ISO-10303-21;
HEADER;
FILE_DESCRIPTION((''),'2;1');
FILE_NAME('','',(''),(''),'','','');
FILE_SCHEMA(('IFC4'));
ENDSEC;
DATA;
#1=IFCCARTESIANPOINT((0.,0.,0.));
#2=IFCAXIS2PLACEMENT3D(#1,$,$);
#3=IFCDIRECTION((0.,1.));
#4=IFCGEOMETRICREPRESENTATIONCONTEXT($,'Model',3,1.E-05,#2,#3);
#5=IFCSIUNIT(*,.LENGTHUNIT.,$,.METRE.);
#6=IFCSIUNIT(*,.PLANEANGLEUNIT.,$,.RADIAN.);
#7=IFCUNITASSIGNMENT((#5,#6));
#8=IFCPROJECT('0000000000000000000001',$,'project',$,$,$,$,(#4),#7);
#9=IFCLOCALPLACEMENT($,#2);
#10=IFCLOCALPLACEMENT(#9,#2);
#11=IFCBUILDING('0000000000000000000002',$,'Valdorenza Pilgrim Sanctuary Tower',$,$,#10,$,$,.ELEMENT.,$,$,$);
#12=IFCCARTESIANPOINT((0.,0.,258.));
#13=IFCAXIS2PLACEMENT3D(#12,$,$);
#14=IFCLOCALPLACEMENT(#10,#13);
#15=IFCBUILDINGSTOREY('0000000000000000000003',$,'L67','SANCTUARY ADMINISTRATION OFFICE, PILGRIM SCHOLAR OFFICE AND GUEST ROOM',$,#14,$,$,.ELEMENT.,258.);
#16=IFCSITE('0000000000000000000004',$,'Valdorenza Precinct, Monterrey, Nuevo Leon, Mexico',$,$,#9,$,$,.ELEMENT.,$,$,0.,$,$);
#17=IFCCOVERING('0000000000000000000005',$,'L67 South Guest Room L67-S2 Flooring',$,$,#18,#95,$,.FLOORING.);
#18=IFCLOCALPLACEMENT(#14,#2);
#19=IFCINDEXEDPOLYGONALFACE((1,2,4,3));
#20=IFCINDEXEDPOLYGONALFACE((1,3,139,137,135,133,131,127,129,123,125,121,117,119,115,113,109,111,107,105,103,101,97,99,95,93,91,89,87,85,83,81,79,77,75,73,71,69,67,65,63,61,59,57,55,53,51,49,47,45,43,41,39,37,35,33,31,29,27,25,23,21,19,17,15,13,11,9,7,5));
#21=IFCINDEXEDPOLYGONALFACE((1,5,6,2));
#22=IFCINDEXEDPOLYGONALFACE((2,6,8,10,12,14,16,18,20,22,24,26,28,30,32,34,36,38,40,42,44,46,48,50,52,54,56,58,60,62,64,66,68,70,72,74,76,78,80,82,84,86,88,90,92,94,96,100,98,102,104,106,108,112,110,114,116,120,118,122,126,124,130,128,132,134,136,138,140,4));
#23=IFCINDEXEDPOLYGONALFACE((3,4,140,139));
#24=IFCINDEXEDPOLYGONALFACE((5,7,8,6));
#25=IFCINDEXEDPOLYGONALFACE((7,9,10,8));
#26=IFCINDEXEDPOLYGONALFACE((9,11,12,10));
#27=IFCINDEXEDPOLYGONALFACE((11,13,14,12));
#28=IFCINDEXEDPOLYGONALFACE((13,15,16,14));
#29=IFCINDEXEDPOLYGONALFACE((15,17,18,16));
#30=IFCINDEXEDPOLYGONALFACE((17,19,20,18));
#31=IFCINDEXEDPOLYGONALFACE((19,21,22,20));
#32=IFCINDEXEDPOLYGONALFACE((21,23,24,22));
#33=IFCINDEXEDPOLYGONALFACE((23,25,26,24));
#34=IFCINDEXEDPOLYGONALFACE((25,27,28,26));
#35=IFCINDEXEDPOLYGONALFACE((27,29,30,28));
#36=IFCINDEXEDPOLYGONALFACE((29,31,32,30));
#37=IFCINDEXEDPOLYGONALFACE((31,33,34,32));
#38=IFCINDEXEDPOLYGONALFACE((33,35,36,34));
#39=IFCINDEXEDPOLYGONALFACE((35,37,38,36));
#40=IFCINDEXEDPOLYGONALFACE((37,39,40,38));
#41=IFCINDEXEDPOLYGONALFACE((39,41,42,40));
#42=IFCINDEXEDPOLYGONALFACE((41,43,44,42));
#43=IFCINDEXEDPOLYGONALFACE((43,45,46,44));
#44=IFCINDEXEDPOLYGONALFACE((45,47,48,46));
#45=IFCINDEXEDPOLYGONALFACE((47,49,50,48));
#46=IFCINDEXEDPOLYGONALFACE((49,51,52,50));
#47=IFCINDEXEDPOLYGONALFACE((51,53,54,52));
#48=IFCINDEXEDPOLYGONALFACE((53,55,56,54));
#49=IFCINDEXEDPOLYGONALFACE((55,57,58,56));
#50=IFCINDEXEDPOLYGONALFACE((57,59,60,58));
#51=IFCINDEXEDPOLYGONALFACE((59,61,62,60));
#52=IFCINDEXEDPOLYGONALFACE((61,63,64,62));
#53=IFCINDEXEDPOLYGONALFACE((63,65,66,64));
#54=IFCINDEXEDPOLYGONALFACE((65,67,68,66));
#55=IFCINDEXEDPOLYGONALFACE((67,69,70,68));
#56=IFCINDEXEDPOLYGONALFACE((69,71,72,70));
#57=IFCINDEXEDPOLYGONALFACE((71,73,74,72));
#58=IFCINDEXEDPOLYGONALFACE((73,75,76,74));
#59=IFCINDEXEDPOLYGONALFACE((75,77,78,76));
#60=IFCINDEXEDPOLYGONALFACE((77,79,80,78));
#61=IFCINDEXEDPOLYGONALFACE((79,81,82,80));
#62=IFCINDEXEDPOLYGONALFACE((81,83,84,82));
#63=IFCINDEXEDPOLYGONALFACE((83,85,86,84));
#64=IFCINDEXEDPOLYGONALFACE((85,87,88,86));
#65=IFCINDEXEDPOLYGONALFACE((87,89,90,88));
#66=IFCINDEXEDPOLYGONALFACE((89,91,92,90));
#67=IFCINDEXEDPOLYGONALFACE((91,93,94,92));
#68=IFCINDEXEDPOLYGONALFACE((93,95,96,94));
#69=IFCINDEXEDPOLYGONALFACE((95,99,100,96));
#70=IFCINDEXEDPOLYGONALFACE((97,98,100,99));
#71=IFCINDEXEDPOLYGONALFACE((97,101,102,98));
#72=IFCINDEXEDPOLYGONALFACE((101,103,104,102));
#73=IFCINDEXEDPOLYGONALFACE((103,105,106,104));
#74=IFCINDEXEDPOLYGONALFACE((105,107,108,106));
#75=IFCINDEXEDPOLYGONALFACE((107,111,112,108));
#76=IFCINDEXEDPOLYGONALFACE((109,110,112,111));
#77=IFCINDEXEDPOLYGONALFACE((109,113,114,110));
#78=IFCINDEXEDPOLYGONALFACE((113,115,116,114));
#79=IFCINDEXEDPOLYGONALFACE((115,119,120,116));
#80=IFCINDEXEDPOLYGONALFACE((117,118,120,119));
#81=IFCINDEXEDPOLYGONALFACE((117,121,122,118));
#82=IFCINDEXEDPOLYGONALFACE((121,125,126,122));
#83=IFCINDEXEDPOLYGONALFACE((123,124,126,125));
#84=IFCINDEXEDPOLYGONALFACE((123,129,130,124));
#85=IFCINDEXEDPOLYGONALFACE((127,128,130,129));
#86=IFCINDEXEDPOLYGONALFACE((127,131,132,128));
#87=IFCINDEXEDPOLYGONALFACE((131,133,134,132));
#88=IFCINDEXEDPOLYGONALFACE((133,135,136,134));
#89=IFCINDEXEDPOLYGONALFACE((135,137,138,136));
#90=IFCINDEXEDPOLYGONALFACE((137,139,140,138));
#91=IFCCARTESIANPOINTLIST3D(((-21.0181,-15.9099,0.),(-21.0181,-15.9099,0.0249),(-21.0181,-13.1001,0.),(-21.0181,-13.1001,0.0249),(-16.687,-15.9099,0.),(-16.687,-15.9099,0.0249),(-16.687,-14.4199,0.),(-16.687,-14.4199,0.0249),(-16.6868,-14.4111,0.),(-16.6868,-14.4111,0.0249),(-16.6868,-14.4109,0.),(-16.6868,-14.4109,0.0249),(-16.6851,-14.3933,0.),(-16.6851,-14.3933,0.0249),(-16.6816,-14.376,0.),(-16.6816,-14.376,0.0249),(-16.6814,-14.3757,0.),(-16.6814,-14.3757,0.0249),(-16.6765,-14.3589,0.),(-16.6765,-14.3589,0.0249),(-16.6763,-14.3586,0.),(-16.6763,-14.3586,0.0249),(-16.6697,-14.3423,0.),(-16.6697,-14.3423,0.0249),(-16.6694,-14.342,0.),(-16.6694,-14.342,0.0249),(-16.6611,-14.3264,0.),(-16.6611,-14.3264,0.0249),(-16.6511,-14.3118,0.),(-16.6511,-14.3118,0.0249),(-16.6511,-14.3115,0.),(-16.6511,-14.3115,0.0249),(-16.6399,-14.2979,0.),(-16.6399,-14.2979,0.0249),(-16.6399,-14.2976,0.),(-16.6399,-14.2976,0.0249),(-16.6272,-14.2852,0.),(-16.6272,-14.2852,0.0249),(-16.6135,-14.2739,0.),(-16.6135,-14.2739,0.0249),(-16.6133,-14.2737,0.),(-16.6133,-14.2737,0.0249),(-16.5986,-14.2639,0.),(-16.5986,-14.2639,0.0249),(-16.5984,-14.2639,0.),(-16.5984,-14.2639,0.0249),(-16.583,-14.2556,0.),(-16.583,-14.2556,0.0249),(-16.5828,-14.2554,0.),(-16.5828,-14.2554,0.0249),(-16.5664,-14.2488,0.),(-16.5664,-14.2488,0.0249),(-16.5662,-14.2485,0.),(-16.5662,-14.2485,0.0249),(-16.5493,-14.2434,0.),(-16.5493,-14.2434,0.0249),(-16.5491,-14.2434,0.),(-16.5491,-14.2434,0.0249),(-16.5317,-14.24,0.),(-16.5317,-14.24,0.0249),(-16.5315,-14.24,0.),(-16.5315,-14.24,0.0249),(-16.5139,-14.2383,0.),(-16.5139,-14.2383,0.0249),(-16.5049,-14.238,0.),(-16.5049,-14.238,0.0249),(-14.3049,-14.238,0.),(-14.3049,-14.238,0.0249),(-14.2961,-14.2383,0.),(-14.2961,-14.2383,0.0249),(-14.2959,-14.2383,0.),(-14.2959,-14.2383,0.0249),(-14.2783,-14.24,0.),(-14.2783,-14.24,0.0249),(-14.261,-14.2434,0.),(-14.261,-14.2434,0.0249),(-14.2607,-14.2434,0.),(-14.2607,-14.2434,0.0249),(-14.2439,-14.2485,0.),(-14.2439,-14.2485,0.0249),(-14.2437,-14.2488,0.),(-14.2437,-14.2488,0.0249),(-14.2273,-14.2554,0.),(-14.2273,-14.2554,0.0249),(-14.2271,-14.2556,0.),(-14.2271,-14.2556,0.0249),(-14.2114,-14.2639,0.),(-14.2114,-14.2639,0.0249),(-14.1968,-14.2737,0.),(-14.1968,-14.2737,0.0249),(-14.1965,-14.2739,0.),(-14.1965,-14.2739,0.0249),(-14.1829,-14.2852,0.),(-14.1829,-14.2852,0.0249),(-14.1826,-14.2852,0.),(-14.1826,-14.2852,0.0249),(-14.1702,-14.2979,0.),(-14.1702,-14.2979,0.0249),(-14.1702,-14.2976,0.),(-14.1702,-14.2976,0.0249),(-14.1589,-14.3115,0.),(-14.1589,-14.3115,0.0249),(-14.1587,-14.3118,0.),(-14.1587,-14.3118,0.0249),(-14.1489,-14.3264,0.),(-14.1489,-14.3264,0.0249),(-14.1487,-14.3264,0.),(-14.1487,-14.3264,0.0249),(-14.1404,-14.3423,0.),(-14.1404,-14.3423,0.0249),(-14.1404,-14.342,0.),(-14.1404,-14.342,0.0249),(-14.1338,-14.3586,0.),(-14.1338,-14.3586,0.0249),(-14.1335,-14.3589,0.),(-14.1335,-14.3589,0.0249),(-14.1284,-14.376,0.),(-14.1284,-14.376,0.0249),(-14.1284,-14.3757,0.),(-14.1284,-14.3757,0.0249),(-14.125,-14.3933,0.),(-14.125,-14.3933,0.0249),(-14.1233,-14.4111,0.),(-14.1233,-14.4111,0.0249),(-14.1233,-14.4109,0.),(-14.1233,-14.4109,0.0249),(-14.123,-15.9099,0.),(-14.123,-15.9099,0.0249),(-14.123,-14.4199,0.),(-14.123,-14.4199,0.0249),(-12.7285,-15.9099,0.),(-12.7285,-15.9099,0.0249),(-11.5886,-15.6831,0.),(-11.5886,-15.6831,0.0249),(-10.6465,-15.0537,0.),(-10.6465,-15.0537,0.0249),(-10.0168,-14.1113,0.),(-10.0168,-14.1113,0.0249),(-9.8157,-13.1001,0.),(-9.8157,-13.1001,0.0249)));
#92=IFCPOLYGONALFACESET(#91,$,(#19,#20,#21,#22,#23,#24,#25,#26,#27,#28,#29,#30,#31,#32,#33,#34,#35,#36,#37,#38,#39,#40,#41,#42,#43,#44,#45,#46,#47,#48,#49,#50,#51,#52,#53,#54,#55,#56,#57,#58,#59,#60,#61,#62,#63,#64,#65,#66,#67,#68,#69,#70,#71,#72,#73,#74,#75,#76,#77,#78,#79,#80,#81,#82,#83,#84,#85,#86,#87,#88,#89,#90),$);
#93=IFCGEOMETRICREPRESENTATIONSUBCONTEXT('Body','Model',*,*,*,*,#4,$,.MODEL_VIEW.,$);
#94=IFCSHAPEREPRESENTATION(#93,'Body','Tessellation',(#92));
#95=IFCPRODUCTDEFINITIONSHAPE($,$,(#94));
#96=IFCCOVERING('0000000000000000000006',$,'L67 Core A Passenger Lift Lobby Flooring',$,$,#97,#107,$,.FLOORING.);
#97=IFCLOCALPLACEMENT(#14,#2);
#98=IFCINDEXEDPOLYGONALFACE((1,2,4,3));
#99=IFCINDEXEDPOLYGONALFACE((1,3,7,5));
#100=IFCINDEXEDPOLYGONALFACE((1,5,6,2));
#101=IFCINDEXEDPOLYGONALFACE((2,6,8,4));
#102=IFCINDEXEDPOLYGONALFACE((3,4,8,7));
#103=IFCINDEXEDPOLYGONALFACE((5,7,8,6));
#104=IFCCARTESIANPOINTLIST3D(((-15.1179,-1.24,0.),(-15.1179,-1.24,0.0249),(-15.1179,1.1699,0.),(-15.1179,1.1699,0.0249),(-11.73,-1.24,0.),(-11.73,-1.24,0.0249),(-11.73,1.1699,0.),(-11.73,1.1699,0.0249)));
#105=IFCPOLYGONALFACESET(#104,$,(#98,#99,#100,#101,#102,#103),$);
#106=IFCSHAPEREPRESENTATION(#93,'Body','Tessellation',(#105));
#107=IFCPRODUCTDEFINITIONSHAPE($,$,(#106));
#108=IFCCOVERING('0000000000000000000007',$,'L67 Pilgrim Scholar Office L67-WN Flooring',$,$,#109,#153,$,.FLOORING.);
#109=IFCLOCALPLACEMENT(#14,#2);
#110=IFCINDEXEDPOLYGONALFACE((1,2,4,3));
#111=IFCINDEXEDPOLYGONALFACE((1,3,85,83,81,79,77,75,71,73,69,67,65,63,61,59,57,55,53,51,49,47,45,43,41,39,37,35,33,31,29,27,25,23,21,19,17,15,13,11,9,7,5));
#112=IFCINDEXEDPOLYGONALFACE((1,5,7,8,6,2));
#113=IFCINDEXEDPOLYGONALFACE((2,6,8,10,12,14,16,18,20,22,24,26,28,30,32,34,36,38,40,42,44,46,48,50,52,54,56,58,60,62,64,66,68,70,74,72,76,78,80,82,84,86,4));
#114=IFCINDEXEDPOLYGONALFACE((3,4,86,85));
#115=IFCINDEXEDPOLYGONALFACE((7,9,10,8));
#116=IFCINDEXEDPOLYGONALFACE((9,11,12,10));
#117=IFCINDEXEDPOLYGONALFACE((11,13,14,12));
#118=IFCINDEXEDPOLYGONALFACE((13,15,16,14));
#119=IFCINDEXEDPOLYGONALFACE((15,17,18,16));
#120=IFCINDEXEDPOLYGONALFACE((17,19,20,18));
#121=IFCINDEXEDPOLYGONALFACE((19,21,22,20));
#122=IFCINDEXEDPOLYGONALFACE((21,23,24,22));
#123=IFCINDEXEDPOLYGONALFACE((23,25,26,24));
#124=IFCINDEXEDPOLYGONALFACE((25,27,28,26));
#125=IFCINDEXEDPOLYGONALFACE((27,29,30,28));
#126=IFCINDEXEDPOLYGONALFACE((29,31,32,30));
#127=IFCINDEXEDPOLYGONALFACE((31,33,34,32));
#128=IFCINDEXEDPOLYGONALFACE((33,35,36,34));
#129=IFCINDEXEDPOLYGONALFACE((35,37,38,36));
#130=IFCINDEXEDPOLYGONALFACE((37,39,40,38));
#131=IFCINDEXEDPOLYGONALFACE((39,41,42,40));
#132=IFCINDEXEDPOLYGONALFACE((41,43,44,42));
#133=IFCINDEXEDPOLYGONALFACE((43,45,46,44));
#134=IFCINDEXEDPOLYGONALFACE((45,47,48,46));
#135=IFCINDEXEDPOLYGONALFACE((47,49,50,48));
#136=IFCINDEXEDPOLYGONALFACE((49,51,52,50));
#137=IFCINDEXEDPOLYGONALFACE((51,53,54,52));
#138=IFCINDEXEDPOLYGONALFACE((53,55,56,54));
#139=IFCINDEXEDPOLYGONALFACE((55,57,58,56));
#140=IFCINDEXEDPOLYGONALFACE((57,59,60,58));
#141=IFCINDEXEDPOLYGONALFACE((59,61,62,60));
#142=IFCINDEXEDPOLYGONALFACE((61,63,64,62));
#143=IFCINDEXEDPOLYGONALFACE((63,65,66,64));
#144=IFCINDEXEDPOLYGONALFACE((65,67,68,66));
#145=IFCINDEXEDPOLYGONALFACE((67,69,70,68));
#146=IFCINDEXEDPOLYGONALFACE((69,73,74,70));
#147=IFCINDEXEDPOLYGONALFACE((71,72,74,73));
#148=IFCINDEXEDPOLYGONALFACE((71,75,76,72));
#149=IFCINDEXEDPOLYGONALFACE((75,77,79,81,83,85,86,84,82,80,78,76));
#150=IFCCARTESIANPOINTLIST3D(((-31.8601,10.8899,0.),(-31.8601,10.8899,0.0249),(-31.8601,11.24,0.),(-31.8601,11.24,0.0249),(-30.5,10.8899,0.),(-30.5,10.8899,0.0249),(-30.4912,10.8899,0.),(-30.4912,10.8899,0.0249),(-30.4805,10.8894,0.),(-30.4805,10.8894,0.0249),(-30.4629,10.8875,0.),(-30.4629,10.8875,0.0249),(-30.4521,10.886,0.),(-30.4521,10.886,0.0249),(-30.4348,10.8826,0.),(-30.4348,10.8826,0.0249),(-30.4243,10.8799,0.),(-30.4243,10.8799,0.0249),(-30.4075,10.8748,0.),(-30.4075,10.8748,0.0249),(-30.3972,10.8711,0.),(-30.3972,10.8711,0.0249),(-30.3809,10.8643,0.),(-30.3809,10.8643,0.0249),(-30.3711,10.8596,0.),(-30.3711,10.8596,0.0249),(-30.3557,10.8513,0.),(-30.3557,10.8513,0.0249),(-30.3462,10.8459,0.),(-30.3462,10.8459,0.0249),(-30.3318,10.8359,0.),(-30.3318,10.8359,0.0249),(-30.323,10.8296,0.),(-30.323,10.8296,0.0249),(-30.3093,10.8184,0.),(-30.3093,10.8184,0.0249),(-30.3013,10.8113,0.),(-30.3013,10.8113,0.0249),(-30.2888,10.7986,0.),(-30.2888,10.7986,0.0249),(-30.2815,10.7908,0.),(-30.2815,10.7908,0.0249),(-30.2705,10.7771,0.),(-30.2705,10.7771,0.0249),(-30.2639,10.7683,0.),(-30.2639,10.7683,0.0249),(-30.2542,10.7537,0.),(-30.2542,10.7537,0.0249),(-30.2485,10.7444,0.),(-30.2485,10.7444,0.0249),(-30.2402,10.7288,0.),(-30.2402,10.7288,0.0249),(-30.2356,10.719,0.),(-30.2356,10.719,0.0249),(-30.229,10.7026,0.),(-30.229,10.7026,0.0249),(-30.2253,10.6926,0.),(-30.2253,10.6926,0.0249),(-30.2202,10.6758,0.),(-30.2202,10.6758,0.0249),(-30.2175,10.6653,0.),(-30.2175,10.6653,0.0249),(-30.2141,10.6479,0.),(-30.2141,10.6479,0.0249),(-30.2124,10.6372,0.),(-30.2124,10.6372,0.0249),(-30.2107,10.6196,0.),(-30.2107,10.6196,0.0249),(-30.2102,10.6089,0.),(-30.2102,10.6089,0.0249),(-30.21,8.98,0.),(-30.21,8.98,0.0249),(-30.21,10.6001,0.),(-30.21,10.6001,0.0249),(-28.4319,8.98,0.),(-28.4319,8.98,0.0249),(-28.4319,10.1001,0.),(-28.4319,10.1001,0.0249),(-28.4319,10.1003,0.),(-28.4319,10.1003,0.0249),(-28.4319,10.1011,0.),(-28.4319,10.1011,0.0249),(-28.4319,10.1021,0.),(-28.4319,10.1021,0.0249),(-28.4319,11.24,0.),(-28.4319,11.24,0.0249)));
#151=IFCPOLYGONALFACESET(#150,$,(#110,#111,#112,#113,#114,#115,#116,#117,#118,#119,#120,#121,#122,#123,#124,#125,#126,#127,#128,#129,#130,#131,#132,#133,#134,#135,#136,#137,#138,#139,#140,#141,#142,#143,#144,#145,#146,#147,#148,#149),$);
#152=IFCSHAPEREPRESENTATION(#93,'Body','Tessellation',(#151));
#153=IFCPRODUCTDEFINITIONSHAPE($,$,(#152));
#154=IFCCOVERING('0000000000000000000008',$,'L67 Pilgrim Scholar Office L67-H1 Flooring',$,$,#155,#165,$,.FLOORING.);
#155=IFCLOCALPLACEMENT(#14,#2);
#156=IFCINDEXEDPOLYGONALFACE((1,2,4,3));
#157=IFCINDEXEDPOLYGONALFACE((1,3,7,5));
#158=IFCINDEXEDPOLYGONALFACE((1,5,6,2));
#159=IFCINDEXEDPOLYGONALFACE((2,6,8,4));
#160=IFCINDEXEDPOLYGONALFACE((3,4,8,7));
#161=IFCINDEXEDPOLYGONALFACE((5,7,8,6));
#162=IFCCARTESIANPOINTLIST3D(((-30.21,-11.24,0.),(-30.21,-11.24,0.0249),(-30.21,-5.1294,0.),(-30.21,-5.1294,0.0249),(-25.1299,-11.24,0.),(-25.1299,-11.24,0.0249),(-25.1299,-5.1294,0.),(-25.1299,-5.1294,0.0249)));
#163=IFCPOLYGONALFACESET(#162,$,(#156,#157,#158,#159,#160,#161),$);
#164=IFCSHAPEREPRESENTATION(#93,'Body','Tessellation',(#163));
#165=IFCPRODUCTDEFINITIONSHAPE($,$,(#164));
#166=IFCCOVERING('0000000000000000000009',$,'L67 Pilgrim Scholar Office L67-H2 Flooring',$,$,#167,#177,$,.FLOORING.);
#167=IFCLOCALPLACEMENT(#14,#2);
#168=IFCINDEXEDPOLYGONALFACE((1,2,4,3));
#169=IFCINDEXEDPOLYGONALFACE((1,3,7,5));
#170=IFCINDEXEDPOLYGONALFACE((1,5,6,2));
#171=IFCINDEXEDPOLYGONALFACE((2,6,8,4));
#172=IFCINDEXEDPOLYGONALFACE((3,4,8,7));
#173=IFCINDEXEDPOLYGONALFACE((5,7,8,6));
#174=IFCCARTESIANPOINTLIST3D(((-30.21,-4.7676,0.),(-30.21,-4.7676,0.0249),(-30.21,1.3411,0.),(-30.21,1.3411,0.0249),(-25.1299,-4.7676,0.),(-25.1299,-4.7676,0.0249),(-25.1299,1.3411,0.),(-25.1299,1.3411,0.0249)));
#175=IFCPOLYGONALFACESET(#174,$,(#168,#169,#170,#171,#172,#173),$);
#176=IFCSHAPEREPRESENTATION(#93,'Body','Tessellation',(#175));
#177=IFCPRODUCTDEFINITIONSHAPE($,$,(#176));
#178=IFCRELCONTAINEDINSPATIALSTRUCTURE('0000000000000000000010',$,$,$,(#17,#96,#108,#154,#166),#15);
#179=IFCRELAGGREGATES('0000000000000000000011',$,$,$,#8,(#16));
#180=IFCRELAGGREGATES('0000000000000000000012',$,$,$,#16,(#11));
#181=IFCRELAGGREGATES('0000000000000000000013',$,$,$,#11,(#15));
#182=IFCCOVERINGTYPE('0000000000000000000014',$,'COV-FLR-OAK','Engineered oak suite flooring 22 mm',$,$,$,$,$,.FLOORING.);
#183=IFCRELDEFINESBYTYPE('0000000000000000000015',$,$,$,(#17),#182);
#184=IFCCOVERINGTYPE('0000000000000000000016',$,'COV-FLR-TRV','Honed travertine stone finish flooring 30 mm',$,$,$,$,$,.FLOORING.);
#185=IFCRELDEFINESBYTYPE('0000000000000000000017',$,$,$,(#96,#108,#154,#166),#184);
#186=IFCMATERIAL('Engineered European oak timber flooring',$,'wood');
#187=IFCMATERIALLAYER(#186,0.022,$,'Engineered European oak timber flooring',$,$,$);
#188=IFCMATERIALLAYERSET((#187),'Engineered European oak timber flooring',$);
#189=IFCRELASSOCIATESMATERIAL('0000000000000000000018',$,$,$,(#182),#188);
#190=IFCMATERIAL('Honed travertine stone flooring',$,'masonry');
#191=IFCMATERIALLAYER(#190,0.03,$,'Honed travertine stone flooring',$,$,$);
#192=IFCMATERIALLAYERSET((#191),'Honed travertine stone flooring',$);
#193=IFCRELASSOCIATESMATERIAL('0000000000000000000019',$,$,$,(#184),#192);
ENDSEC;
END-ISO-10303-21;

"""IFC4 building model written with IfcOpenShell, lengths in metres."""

from ifc_helpers import new_model, si_unit, direction, frame, origin, place, context, subcontext, project, spatial, polyline, outline, extrude, material, layer, layer_set, type_object, element, save


model = new_model("IFC4")

# Units and contexts
model_context = context("Model", 3, precision=1e-05, world=origin(), true_north=direction((0.0, 1.0)))
body_context = subcontext(model_context, "Body", "Model", "MODEL_VIEW")
ifc_project = project(units=[si_unit("LENGTHUNIT", "METRE"), si_unit("PLANEANGLEUNIT", "RADIAN")], contexts=[model_context])

# Site, building, storey
site_placement = place(None, origin())
site = spatial("IfcSite", under=ifc_project, at=site_placement, Name="Valdorenza Precinct, Monterrey, Nuevo Leon, Mexico", CompositionType="ELEMENT", RefElevation=0.0)
building_placement = place(site_placement, origin())
building = spatial("IfcBuilding", under=site, at=building_placement, Name="Valdorenza Pilgrim Sanctuary Tower", CompositionType="ELEMENT")
storey_placement = place(building_placement, frame((0.0, 0.0, 258.0)))
storey = spatial("IfcBuildingStorey", under=building, at=storey_placement, Name="L67", Description="SANCTUARY ADMINISTRATION OFFICE, PILGRIM SCHOLAR OFFICE AND GUEST ROOM", CompositionType="ELEMENT", Elevation=258.0)

# Coverings
ifc_material_1 = material(Name="Engineered European oak timber flooring", Category="wood")
ifc_layer_1 = layer(ifc_material_1, 0.022, Name="Engineered European oak timber flooring")
ifc_layer_set_1 = layer_set([ifc_layer_1], Name="Engineered European oak timber flooring")
covering_type_1 = type_object("IfcCoveringType", Name="COV-FLR-OAK", Description="Engineered oak suite flooring 22 mm", PredefinedType="FLOORING", material=ifc_layer_set_1)
covering_1_placement = place(storey_placement, origin())
element("IfcCovering", 1, at=covering_1_placement, inside=storey, type_object=covering_type_1, Name="L67 South Guest Room L67-S2 Flooring", PredefinedType="FLOORING", context=body_context, shape_type="SweptSolid", body=[
    extrude(outline(polyline([(-16.687, -15.9099), (-21.0181, -15.9099), (-21.0181, -13.1001), (-9.8157, -13.1001), (-10.0168, -14.1113), (-10.6465, -15.0537), (-11.5886, -15.6831), (-12.7285, -15.9099), (-14.123, -15.9099), (-14.123, -14.4199), (-14.1233, -14.4111), (-14.1233, -14.4109), (-14.125, -14.3933), (-14.125, -14.3933), (-14.1284, -14.376), (-14.1284, -14.3757), (-14.1335, -14.3589), (-14.1338, -14.3586), (-14.1404, -14.3423), (-14.1404, -14.342), (-14.1487, -14.3264), (-14.1489, -14.3264), (-14.1587, -14.3118), (-14.1589, -14.3115), (-14.1702, -14.2979), (-14.1702, -14.2976), (-14.1826, -14.2852), (-14.1829, -14.2852), (-14.1965, -14.2739), (-14.1968, -14.2737), (-14.2114, -14.2639), (-14.2114, -14.2639), (-14.2271, -14.2556), (-14.2273, -14.2554), (-14.2437, -14.2488), (-14.2439, -14.2485), (-14.2607, -14.2434), (-14.261, -14.2434), (-14.2783, -14.24), (-14.2783, -14.24), (-14.2959, -14.2383), (-14.2961, -14.2383), (-14.3049, -14.238), (-16.5049, -14.238), (-16.5139, -14.2383), (-16.5139, -14.2383), (-16.5315, -14.24), (-16.5317, -14.24), (-16.5491, -14.2434), (-16.5493, -14.2434), (-16.5662, -14.2485), (-16.5664, -14.2488), (-16.5828, -14.2554), (-16.583, -14.2556), (-16.5984, -14.2639), (-16.5986, -14.2639), (-16.6133, -14.2737), (-16.6135, -14.2739), (-16.6272, -14.2852), (-16.6272, -14.2852), (-16.6399, -14.2976), (-16.6399, -14.2979), (-16.6511, -14.3115), (-16.6511, -14.3118), (-16.6611, -14.3264), (-16.6611, -14.3264), (-16.6694, -14.342), (-16.6697, -14.3423), (-16.6763, -14.3586), (-16.6765, -14.3589), (-16.6814, -14.3757), (-16.6816, -14.376), (-16.6851, -14.3933), (-16.6851, -14.3933), (-16.6868, -14.4109), (-16.6868, -14.4111), (-16.687, -14.4199), (-16.687, -15.9099)])), origin(), (0.0, 0.0, 1.0), 0.0249),
])
ifc_material_2 = material(Name="Honed travertine stone flooring", Category="masonry")
ifc_layer_2 = layer(ifc_material_2, 0.03, Name="Honed travertine stone flooring")
ifc_layer_set_2 = layer_set([ifc_layer_2], Name="Honed travertine stone flooring")
covering_type_2 = type_object("IfcCoveringType", Name="COV-FLR-TRV", Description="Honed travertine stone finish flooring 30 mm", PredefinedType="FLOORING", material=ifc_layer_set_2)
covering_2_placement = place(storey_placement, origin())
element("IfcCovering", 2, at=covering_2_placement, inside=storey, type_object=covering_type_2, Name="L67 Core A Passenger Lift Lobby Flooring", PredefinedType="FLOORING", context=body_context, shape_type="SweptSolid", body=[
    extrude(outline(polyline([(-15.1179, 1.1699), (-11.73, 1.1699), (-11.73, -1.24), (-15.1179, -1.24), (-15.1179, 1.1699)])), origin(), (0.0, 0.0, 1.0), 0.0249),
])
covering_3_placement = place(storey_placement, origin())
element("IfcCovering", 3, at=covering_3_placement, inside=storey, type_object=covering_type_2, Name="L67 Pilgrim Scholar Office L67-WN Flooring", PredefinedType="FLOORING", context=body_context, shape_type="SweptSolid", body=[
    extrude(outline(polyline([(-28.4319, 11.24), (-28.4319, 10.1021), (-28.4319, 10.1011), (-28.4319, 10.1003), (-28.4319, 10.1001), (-28.4319, 8.98), (-30.21, 8.98), (-30.21, 10.6001), (-30.2102, 10.6089), (-30.2107, 10.6196), (-30.2124, 10.6372), (-30.2141, 10.6479), (-30.2175, 10.6653), (-30.2202, 10.6758), (-30.2253, 10.6926), (-30.229, 10.7026), (-30.2356, 10.719), (-30.2402, 10.7288), (-30.2485, 10.7444), (-30.2542, 10.7537), (-30.2639, 10.7683), (-30.2705, 10.7771), (-30.2815, 10.7908), (-30.2888, 10.7986), (-30.3013, 10.8113), (-30.3093, 10.8184), (-30.323, 10.8296), (-30.3318, 10.8359), (-30.3462, 10.8459), (-30.3557, 10.8513), (-30.3711, 10.8596), (-30.3809, 10.8643), (-30.3972, 10.8711), (-30.4075, 10.8748), (-30.4243, 10.8799), (-30.4348, 10.8826), (-30.4521, 10.886), (-30.4629, 10.8875), (-30.4805, 10.8894), (-30.4912, 10.8899), (-30.5, 10.8899), (-31.8601, 10.8899), (-31.8601, 11.24), (-28.4319, 11.24)])), origin(), (0.0, 0.0, 1.0), 0.0249),
])
covering_4_placement = place(storey_placement, origin())
element("IfcCovering", 4, at=covering_4_placement, inside=storey, type_object=covering_type_2, Name="L67 Pilgrim Scholar Office L67-H1 Flooring", PredefinedType="FLOORING", context=body_context, shape_type="SweptSolid", body=[
    extrude(outline(polyline([(-25.1299, -11.24), (-30.21, -11.24), (-30.21, -5.1294), (-25.1299, -5.1294), (-25.1299, -11.24)])), origin(), (0.0, 0.0, 1.0), 0.0249),
])
covering_5_placement = place(storey_placement, origin())
element("IfcCovering", 5, at=covering_5_placement, inside=storey, type_object=covering_type_2, Name="L67 Pilgrim Scholar Office L67-H2 Flooring", PredefinedType="FLOORING", context=body_context, shape_type="SweptSolid", body=[
    extrude(outline(polyline([(-25.1299, -4.7676), (-30.21, -4.7676), (-30.21, 1.3411), (-25.1299, 1.3411), (-25.1299, -4.7676)])), origin(), (0.0, 0.0, 1.0), 0.0249),
])

save(model, "model.ifc")
